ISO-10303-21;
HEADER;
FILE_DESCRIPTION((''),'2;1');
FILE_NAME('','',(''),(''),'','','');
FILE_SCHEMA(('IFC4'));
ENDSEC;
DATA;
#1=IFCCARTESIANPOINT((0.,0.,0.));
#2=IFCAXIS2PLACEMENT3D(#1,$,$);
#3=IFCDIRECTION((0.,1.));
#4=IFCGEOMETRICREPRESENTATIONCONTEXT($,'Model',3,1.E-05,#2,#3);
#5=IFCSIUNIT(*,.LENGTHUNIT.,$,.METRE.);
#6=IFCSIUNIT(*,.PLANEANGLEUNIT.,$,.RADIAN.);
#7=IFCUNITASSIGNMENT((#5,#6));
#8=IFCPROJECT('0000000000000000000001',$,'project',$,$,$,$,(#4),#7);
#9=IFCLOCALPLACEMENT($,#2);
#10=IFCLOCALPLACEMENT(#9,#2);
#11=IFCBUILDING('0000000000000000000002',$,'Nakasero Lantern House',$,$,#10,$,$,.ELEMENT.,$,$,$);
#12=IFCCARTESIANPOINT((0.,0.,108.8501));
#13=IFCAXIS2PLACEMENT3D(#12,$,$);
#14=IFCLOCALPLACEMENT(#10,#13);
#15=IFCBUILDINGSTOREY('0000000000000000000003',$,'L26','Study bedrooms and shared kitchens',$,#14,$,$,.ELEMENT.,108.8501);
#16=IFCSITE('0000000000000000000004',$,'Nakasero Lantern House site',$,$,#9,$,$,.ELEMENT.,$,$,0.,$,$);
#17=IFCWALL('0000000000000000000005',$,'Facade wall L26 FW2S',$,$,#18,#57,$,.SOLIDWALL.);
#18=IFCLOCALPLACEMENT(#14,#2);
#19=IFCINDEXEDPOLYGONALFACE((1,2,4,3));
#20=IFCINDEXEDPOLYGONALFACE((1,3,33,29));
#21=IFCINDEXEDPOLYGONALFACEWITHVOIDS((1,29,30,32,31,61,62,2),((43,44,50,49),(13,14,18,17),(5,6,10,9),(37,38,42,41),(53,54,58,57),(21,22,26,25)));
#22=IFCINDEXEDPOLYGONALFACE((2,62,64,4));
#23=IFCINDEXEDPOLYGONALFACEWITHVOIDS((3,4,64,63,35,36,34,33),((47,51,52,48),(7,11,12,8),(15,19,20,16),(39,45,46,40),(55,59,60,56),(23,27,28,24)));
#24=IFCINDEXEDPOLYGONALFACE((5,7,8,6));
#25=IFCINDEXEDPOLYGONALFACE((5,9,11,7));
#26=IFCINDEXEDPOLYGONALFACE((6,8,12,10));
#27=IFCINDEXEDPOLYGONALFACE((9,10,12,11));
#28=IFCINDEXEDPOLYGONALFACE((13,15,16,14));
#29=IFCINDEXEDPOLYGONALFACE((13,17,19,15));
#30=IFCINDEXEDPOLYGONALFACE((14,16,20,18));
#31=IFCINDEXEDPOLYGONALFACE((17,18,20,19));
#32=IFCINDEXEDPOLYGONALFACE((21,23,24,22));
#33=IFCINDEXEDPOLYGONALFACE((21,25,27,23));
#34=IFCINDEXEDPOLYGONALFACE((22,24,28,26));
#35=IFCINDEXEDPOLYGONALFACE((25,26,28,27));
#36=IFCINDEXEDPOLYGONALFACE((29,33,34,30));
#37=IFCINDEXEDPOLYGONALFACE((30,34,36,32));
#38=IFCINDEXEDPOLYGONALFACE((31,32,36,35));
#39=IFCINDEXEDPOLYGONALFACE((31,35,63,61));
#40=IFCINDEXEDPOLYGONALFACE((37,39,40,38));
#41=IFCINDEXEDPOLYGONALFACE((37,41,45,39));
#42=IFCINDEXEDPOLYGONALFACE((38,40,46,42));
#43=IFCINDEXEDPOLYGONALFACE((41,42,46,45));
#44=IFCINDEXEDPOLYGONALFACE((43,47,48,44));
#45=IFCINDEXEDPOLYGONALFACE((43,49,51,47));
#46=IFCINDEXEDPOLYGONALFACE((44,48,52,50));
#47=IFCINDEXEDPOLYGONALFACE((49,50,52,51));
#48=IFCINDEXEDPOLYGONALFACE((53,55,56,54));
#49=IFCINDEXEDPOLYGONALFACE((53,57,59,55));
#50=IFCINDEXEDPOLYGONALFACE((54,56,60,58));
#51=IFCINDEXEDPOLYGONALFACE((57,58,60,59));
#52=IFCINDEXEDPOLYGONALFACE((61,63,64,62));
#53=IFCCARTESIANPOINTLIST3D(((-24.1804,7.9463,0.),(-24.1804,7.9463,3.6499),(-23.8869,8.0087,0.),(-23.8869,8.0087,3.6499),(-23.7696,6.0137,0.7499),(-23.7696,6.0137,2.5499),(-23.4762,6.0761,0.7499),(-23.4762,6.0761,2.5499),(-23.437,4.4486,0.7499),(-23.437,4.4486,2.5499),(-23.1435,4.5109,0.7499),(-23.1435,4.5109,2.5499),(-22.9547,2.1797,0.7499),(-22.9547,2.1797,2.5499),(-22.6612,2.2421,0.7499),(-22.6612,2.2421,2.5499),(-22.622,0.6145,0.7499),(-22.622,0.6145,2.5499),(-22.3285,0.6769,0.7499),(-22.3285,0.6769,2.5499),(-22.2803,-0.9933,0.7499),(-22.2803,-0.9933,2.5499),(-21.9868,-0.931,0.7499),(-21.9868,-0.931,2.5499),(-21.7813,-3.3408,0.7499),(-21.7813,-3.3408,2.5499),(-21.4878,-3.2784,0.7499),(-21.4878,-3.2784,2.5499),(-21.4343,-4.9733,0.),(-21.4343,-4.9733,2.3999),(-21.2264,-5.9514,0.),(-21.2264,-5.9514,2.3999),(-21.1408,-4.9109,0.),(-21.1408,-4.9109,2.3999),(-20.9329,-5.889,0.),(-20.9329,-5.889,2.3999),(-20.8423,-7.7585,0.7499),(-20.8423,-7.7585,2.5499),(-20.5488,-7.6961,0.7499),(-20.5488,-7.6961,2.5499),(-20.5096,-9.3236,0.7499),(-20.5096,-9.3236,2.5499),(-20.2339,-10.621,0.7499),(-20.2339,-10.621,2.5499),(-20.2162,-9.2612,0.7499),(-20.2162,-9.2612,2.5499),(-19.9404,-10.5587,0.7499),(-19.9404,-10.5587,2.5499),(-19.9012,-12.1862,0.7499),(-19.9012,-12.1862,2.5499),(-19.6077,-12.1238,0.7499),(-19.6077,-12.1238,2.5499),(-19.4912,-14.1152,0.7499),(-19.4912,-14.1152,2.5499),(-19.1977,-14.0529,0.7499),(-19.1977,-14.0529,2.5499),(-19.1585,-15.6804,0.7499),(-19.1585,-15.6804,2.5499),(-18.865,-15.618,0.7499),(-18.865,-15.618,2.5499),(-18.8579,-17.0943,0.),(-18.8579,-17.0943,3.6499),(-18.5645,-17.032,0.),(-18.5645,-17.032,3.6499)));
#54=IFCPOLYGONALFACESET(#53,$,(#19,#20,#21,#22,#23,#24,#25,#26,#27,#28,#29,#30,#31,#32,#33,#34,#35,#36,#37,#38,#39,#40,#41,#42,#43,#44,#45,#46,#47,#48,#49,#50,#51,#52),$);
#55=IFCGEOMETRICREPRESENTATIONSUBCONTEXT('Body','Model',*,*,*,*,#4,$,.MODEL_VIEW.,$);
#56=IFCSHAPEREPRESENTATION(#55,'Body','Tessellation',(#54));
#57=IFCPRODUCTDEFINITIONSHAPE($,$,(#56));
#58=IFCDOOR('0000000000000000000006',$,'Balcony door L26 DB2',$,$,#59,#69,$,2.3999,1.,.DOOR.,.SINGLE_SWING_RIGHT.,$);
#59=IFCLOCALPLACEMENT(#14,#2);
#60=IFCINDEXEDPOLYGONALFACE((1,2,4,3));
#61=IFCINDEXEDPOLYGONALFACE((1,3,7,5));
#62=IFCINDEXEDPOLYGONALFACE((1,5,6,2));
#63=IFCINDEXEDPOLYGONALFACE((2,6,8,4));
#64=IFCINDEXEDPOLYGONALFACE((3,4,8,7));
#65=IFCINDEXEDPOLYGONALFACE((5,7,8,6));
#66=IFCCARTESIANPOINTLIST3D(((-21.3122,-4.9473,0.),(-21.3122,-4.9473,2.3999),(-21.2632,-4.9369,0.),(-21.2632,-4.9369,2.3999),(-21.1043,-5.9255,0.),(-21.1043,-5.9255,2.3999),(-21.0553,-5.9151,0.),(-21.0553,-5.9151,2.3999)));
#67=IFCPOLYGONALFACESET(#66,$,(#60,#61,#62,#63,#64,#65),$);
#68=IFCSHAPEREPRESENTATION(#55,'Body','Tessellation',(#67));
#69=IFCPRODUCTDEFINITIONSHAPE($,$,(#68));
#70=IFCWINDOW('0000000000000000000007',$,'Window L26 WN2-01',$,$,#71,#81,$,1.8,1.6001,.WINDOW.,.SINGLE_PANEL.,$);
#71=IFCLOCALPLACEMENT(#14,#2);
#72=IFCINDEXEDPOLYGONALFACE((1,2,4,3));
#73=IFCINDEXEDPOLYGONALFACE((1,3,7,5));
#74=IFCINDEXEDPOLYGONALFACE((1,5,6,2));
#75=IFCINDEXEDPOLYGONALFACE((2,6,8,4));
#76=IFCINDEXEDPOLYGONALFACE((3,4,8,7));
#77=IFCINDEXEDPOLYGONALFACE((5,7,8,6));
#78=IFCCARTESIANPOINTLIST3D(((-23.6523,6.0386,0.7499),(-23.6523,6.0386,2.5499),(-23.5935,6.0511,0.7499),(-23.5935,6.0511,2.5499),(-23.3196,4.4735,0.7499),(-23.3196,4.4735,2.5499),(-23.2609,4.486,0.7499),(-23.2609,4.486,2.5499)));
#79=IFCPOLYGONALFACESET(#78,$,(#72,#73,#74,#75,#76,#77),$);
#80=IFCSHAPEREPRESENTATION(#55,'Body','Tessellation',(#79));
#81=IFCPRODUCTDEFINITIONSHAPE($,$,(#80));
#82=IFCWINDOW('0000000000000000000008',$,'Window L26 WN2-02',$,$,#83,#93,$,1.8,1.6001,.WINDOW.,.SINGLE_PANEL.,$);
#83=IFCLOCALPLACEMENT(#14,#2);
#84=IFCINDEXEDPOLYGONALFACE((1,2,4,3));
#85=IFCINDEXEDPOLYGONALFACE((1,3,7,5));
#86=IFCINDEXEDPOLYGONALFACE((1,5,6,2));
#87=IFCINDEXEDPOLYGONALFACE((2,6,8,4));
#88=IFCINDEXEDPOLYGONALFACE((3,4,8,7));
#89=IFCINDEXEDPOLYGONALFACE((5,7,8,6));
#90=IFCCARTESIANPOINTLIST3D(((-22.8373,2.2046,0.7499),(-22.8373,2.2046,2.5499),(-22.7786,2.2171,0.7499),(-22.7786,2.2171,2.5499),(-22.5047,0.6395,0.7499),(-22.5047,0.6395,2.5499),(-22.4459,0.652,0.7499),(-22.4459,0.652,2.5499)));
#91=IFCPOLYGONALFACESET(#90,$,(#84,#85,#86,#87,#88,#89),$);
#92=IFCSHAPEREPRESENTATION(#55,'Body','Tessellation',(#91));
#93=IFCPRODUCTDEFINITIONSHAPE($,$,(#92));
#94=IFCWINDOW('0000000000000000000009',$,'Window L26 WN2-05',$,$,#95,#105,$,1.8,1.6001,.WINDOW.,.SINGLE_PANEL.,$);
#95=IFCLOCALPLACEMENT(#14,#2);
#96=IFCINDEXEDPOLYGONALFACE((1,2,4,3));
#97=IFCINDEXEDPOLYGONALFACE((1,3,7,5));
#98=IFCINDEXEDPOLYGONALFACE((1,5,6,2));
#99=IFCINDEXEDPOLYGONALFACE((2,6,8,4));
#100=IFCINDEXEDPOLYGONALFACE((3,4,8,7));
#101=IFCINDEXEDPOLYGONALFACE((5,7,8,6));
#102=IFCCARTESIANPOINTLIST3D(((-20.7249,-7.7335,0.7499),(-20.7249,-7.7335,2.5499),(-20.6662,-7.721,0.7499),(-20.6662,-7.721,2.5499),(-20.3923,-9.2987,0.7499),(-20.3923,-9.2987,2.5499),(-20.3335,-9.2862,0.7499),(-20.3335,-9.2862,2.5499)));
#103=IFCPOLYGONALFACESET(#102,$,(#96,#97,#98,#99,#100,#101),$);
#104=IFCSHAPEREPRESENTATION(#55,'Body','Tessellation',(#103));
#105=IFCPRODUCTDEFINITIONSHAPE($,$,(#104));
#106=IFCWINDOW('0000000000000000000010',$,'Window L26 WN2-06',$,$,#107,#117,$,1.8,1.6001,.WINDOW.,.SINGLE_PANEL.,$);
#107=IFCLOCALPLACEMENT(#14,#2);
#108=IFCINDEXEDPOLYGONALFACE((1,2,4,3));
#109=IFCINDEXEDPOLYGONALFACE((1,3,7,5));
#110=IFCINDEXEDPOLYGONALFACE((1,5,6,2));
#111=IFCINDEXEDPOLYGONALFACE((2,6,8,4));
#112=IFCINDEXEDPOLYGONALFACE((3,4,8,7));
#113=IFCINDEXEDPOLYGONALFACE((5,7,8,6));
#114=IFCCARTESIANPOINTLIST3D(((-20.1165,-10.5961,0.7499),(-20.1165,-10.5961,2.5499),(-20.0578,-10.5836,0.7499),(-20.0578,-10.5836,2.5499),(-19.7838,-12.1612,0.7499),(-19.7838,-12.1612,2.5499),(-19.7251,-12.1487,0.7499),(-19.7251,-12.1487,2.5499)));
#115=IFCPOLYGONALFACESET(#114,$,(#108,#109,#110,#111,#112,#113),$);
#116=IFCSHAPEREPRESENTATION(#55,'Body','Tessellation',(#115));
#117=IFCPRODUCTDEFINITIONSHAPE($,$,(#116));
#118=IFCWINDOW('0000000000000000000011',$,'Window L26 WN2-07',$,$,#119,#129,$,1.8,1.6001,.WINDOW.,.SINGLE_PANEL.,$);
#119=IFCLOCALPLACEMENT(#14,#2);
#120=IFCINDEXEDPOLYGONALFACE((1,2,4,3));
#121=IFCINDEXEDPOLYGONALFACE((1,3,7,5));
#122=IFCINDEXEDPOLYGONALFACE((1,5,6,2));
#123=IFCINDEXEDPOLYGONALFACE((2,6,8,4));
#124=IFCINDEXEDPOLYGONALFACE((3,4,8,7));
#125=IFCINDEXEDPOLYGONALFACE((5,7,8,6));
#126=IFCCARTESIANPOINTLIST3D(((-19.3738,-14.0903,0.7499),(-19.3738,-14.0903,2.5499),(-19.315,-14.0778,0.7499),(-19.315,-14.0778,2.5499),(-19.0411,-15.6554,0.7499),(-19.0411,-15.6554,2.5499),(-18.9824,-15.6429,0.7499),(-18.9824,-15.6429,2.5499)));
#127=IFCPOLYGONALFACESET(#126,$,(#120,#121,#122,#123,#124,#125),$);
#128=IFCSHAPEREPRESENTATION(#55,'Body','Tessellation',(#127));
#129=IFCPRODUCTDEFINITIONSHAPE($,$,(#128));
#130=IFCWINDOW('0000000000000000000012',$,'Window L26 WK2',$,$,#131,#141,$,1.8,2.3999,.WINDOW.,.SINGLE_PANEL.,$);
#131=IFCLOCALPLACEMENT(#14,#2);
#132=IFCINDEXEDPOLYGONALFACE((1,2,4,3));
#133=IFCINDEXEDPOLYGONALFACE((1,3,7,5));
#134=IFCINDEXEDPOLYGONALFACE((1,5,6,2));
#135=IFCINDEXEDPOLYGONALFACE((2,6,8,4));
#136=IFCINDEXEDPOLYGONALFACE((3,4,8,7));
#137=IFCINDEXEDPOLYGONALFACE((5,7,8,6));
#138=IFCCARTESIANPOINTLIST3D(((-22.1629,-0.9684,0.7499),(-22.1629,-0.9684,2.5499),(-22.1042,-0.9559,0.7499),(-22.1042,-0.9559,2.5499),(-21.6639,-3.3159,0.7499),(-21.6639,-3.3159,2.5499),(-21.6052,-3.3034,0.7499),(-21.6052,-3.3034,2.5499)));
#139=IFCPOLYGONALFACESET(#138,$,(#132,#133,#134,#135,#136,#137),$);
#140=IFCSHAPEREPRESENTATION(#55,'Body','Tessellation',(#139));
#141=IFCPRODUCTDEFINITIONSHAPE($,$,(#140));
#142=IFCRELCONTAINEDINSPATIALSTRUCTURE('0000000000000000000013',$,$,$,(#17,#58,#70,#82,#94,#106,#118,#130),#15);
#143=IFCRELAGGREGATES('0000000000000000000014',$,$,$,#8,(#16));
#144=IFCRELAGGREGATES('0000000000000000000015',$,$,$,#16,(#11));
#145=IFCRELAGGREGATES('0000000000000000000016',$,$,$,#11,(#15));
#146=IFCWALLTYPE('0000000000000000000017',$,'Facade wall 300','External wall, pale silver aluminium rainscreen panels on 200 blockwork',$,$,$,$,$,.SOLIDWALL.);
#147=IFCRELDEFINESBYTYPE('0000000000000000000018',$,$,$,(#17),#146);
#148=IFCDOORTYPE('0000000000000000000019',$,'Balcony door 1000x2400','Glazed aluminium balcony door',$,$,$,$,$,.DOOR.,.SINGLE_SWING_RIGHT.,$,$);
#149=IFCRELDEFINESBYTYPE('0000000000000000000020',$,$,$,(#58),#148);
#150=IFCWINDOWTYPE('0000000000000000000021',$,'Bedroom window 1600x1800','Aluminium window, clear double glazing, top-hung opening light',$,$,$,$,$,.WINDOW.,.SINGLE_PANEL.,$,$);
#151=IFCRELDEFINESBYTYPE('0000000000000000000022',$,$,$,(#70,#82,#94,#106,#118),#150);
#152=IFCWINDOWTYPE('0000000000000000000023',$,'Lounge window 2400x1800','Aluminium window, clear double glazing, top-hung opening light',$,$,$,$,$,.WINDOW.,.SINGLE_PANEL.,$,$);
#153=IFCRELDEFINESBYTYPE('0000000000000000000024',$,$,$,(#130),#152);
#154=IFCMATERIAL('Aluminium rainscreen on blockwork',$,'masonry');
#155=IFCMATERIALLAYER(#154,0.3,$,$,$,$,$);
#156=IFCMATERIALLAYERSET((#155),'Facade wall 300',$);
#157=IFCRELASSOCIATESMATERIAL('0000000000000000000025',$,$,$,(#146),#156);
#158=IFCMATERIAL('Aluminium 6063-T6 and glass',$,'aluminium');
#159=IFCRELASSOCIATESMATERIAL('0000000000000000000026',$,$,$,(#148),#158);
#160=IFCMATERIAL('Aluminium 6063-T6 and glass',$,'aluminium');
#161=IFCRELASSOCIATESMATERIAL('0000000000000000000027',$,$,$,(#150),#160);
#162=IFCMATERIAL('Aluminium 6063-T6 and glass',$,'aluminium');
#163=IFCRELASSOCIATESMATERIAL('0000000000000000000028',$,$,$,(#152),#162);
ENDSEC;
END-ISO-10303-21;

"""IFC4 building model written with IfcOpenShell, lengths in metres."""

from ifc_helpers import new_model, si_unit, direction, frame, frame_2d, origin, place, context, subcontext, project, spatial, rectangle, extrude, material, layer, layer_set, type_object, element, fill, save


model = new_model("IFC4")

# Units and contexts
model_context = context("Model", 3, precision=1e-05, world=origin(), true_north=direction((0.0, 1.0)))
body_context = subcontext(model_context, "Body", "Model", "MODEL_VIEW")
ifc_project = project(units=[si_unit("LENGTHUNIT", "METRE"), si_unit("PLANEANGLEUNIT", "RADIAN")], contexts=[model_context])

# Site, building, storey
site_placement = place(None, origin())
site = spatial("IfcSite", under=ifc_project, at=site_placement, Name="Nakasero Lantern House site", CompositionType="ELEMENT", RefElevation=0.0)
building_placement = place(site_placement, origin())
building = spatial("IfcBuilding", under=site, at=building_placement, Name="Nakasero Lantern House", CompositionType="ELEMENT")
storey_placement = place(building_placement, frame((0.0, 0.0, 108.8501)))
storey = spatial("IfcBuildingStorey", under=building, at=storey_placement, Name="L26", Description="Study bedrooms and shared kitchens", CompositionType="ELEMENT", Elevation=108.8501)

# Wall, openings, door, windows
ifc_material_1 = material(Name="Aluminium rainscreen on blockwork", Category="masonry")
ifc_layer_1 = layer(ifc_material_1, 0.3)
ifc_layer_set_1 = layer_set([ifc_layer_1], Name="Facade wall 300")
wall_type_1 = type_object("IfcWallType", Name="Facade wall 300", Description="External wall, pale silver aluminium rainscreen panels on 200 blockwork", PredefinedType="SOLIDWALL", material=ifc_layer_set_1)
wall_1_placement = place(storey_placement, frame((-24.0337, 7.9775, 0.0), z_axis=(0.0, 0.0, 1.0), x_axis=(0.207909, -0.978148, 0.0)))
wall_1 = element("IfcWall", 1, at=wall_1_placement, inside=storey, type_object=wall_type_1, Name="Facade wall L26 FW2S", PredefinedType="SOLIDWALL", context=body_context, shape_type="SweptSolid", body=[
    extrude(rectangle(XDim=25.6001, YDim=0.3, at=frame_2d((12.8, 0.0))), origin(), (0.0, 0.0, 1.0), 3.6499),
])
opening_1_placement = place(wall_1_placement, frame((1.9758, 0.0, 0.75)))
opening_1 = element("IfcOpeningElement", 2, at=opening_1_placement, cuts=wall_1, PredefinedType="OPENING", context=body_context, shape_type="SweptSolid", body=[
    extrude(rectangle(XDim=1.6001, YDim=1.8, at=frame_2d((0.8, 0.8999))), frame((0.0, 0.1699, 0.0), z_axis=(0.0, -1.0, 0.0), x_axis=(1.0, 0.0, 0.0)), (0.0, 0.0, 1.0), 0.3401),
])
opening_2_placement = place(wall_1_placement, frame((5.8955, 0.0, 0.75)))
opening_2 = element("IfcOpeningElement", 3, at=opening_2_placement, cuts=wall_1, PredefinedType="OPENING", context=body_context, shape_type="SweptSolid", body=[
    extrude(rectangle(XDim=1.6001, YDim=1.8, at=frame_2d((0.8, 0.8999))), frame((0.0, 0.1699, 0.0), z_axis=(0.0, -1.0, 0.0), x_axis=(1.0, 0.0, 0.0)), (0.0, 0.0, 1.0), 0.3401),
])
opening_3_placement = place(wall_1_placement, frame((16.0557, 0.0, 0.75)))
opening_3 = element("IfcOpeningElement", 4, at=opening_3_placement, cuts=wall_1, PredefinedType="OPENING", context=body_context, shape_type="SweptSolid", body=[
    extrude(rectangle(XDim=1.6001, YDim=1.8, at=frame_2d((0.8, 0.8999))), frame((0.0, 0.1699, 0.0), z_axis=(0.0, -1.0, 0.0), x_axis=(1.0, 0.0, 0.0)), (0.0, 0.0, 1.0), 0.3401),
])
opening_4_placement = place(wall_1_placement, frame((18.9822, 0.0, 0.75)))
opening_4 = element("IfcOpeningElement", 5, at=opening_4_placement, cuts=wall_1, PredefinedType="OPENING", context=body_context, shape_type="SweptSolid", body=[
    extrude(rectangle(XDim=1.6001, YDim=1.8, at=frame_2d((0.8, 0.8999))), frame((0.0, 0.1699, 0.0), z_axis=(0.0, -1.0, 0.0), x_axis=(1.0, 0.0, 0.0)), (0.0, 0.0, 1.0), 0.3401),
])
opening_5_placement = place(wall_1_placement, frame((22.5544, 0.0, 0.75)))
opening_5 = element("IfcOpeningElement", 6, at=opening_5_placement, cuts=wall_1, PredefinedType="OPENING", context=body_context, shape_type="SweptSolid", body=[
    extrude(rectangle(XDim=1.6001, YDim=1.8, at=frame_2d((0.8, 0.8999))), frame((0.0, 0.1699, 0.0), z_axis=(0.0, -1.0, 0.0), x_axis=(1.0, 0.0, 0.0)), (0.0, 0.0, 1.0), 0.3401),
])
opening_6_placement = place(wall_1_placement, frame((9.1394, 0.0, 0.75)))
opening_6 = element("IfcOpeningElement", 7, at=opening_6_placement, cuts=wall_1, PredefinedType="OPENING", context=body_context, shape_type="SweptSolid", body=[
    extrude(rectangle(XDim=2.3999, YDim=1.8, at=frame_2d((1.2, 0.8999))), frame((0.0, 0.1699, 0.0), z_axis=(0.0, -1.0, 0.0), x_axis=(1.0, 0.0, 0.0)), (0.0, 0.0, 1.0), 0.3401),
])
opening_7_placement = place(wall_1_placement, frame((13.2083, 0.0, 0.0)))
opening_7 = element("IfcOpeningElement", 8, at=opening_7_placement, cuts=wall_1, PredefinedType="OPENING", context=body_context, shape_type="SweptSolid", body=[
    extrude(rectangle(XDim=1.0, YDim=2.3999, at=frame_2d((0.5, 1.2))), frame((0.0, 0.1699, 0.0), z_axis=(0.0, -1.0, 0.0), x_axis=(1.0, 0.0, 0.0)), (0.0, 0.0, 1.0), 0.3401),
])
ifc_material_2 = material(Name="Aluminium 6063-T6 and glass", Category="aluminium")
door_type_1 = type_object("IfcDoorType", Name="Balcony door 1000x2400", Description="Glazed aluminium balcony door", OperationType="SINGLE_SWING_RIGHT", PredefinedType="DOOR", material=ifc_material_2)
door_1_placement = place(opening_7_placement, origin())
door_1 = element("IfcDoor", 9, at=door_1_placement, inside=storey, type_object=door_type_1, Name="Balcony door L26 DB2", OperationType="SINGLE_SWING_RIGHT", OverallHeight=2.3999, OverallWidth=1.0, PredefinedType="DOOR", context=body_context, shape_type="SweptSolid", body=[
    extrude(rectangle(XDim=1.0, YDim=2.3999, at=frame_2d((0.5, 1.2))), frame((0.0, 0.0249, 0.0), z_axis=(0.0, -1.0, 0.0), x_axis=(1.0, 0.0, 0.0)), (0.0, 0.0, 1.0), 0.05),
])
fill(opening_7, door_1)
ifc_material_3 = material(Name="Aluminium 6063-T6 and glass", Category="aluminium")
window_type_1 = type_object("IfcWindowType", Name="Bedroom window 1600x1800", Description="Aluminium window, clear double glazing, top-hung opening light", PartitioningType="SINGLE_PANEL", PredefinedType="WINDOW", material=ifc_material_3)
window_1_placement = place(opening_1_placement, origin())
window_1 = element("IfcWindow", 10, at=window_1_placement, inside=storey, type_object=window_type_1, Name="Window L26 WN2-01", OverallHeight=1.8, OverallWidth=1.6001, PartitioningType="SINGLE_PANEL", PredefinedType="WINDOW", context=body_context, shape_type="SweptSolid", body=[
    extrude(rectangle(XDim=1.6001, YDim=1.8, at=frame_2d((0.8, 0.8999))), frame((0.0, 0.03, 0.0), z_axis=(0.0, -1.0, 0.0), x_axis=(1.0, 0.0, 0.0)), (0.0, 0.0, 1.0), 0.0601),
])
fill(opening_1, window_1)
window_2_placement = place(opening_2_placement, origin())
window_2 = element("IfcWindow", 11, at=window_2_placement, inside=storey, type_object=window_type_1, Name="Window L26 WN2-02", OverallHeight=1.8, OverallWidth=1.6001, PartitioningType="SINGLE_PANEL", PredefinedType="WINDOW", context=body_context, shape_type="SweptSolid", body=[
    extrude(rectangle(XDim=1.6001, YDim=1.8, at=frame_2d((0.8, 0.8999))), frame((0.0, 0.03, 0.0), z_axis=(0.0, -1.0, 0.0), x_axis=(1.0, 0.0, 0.0)), (0.0, 0.0, 1.0), 0.0601),
])
fill(opening_2, window_2)
window_3_placement = place(opening_3_placement, origin())
window_3 = element("IfcWindow", 12, at=window_3_placement, inside=storey, type_object=window_type_1, Name="Window L26 WN2-05", OverallHeight=1.8, OverallWidth=1.6001, PartitioningType="SINGLE_PANEL", PredefinedType="WINDOW", context=body_context, shape_type="SweptSolid", body=[
    extrude(rectangle(XDim=1.6001, YDim=1.8, at=frame_2d((0.8, 0.8999))), frame((0.0, 0.03, 0.0), z_axis=(0.0, -1.0, 0.0), x_axis=(1.0, 0.0, 0.0)), (0.0, 0.0, 1.0), 0.0601),
])
fill(opening_3, window_3)
window_4_placement = place(opening_4_placement, origin())
window_4 = element("IfcWindow", 13, at=window_4_placement, inside=storey, type_object=window_type_1, Name="Window L26 WN2-06", OverallHeight=1.8, OverallWidth=1.6001, PartitioningType="SINGLE_PANEL", PredefinedType="WINDOW", context=body_context, shape_type="SweptSolid", body=[
    extrude(rectangle(XDim=1.6001, YDim=1.8, at=frame_2d((0.8, 0.8999))), frame((0.0, 0.03, 0.0), z_axis=(0.0, -1.0, 0.0), x_axis=(1.0, 0.0, 0.0)), (0.0, 0.0, 1.0), 0.0601),
])
fill(opening_4, window_4)
window_5_placement = place(opening_5_placement, origin())
window_5 = element("IfcWindow", 14, at=window_5_placement, inside=storey, type_object=window_type_1, Name="Window L26 WN2-07", OverallHeight=1.8, OverallWidth=1.6001, PartitioningType="SINGLE_PANEL", PredefinedType="WINDOW", context=body_context, shape_type="SweptSolid", body=[
    extrude(rectangle(XDim=1.6001, YDim=1.8, at=frame_2d((0.8, 0.8999))), frame((0.0, 0.03, 0.0), z_axis=(0.0, -1.0, 0.0), x_axis=(1.0, 0.0, 0.0)), (0.0, 0.0, 1.0), 0.0601),
])
fill(opening_5, window_5)
ifc_material_4 = material(Name="Aluminium 6063-T6 and glass", Category="aluminium")
window_type_2 = type_object("IfcWindowType", Name="Lounge window 2400x1800", Description="Aluminium window, clear double glazing, top-hung opening light", PartitioningType="SINGLE_PANEL", PredefinedType="WINDOW", material=ifc_material_4)
window_6_placement = place(opening_6_placement, origin())
window_6 = element("IfcWindow", 15, at=window_6_placement, inside=storey, type_object=window_type_2, Name="Window L26 WK2", OverallHeight=1.8, OverallWidth=2.3999, PartitioningType="SINGLE_PANEL", PredefinedType="WINDOW", context=body_context, shape_type="SweptSolid", body=[
    extrude(rectangle(XDim=2.3999, YDim=1.8, at=frame_2d((1.2, 0.8999))), frame((0.0, 0.03, 0.0), z_axis=(0.0, -1.0, 0.0), x_axis=(1.0, 0.0, 0.0)), (0.0, 0.0, 1.0), 0.0601),
])
fill(opening_6, window_6)

save(model, "model.ifc")
